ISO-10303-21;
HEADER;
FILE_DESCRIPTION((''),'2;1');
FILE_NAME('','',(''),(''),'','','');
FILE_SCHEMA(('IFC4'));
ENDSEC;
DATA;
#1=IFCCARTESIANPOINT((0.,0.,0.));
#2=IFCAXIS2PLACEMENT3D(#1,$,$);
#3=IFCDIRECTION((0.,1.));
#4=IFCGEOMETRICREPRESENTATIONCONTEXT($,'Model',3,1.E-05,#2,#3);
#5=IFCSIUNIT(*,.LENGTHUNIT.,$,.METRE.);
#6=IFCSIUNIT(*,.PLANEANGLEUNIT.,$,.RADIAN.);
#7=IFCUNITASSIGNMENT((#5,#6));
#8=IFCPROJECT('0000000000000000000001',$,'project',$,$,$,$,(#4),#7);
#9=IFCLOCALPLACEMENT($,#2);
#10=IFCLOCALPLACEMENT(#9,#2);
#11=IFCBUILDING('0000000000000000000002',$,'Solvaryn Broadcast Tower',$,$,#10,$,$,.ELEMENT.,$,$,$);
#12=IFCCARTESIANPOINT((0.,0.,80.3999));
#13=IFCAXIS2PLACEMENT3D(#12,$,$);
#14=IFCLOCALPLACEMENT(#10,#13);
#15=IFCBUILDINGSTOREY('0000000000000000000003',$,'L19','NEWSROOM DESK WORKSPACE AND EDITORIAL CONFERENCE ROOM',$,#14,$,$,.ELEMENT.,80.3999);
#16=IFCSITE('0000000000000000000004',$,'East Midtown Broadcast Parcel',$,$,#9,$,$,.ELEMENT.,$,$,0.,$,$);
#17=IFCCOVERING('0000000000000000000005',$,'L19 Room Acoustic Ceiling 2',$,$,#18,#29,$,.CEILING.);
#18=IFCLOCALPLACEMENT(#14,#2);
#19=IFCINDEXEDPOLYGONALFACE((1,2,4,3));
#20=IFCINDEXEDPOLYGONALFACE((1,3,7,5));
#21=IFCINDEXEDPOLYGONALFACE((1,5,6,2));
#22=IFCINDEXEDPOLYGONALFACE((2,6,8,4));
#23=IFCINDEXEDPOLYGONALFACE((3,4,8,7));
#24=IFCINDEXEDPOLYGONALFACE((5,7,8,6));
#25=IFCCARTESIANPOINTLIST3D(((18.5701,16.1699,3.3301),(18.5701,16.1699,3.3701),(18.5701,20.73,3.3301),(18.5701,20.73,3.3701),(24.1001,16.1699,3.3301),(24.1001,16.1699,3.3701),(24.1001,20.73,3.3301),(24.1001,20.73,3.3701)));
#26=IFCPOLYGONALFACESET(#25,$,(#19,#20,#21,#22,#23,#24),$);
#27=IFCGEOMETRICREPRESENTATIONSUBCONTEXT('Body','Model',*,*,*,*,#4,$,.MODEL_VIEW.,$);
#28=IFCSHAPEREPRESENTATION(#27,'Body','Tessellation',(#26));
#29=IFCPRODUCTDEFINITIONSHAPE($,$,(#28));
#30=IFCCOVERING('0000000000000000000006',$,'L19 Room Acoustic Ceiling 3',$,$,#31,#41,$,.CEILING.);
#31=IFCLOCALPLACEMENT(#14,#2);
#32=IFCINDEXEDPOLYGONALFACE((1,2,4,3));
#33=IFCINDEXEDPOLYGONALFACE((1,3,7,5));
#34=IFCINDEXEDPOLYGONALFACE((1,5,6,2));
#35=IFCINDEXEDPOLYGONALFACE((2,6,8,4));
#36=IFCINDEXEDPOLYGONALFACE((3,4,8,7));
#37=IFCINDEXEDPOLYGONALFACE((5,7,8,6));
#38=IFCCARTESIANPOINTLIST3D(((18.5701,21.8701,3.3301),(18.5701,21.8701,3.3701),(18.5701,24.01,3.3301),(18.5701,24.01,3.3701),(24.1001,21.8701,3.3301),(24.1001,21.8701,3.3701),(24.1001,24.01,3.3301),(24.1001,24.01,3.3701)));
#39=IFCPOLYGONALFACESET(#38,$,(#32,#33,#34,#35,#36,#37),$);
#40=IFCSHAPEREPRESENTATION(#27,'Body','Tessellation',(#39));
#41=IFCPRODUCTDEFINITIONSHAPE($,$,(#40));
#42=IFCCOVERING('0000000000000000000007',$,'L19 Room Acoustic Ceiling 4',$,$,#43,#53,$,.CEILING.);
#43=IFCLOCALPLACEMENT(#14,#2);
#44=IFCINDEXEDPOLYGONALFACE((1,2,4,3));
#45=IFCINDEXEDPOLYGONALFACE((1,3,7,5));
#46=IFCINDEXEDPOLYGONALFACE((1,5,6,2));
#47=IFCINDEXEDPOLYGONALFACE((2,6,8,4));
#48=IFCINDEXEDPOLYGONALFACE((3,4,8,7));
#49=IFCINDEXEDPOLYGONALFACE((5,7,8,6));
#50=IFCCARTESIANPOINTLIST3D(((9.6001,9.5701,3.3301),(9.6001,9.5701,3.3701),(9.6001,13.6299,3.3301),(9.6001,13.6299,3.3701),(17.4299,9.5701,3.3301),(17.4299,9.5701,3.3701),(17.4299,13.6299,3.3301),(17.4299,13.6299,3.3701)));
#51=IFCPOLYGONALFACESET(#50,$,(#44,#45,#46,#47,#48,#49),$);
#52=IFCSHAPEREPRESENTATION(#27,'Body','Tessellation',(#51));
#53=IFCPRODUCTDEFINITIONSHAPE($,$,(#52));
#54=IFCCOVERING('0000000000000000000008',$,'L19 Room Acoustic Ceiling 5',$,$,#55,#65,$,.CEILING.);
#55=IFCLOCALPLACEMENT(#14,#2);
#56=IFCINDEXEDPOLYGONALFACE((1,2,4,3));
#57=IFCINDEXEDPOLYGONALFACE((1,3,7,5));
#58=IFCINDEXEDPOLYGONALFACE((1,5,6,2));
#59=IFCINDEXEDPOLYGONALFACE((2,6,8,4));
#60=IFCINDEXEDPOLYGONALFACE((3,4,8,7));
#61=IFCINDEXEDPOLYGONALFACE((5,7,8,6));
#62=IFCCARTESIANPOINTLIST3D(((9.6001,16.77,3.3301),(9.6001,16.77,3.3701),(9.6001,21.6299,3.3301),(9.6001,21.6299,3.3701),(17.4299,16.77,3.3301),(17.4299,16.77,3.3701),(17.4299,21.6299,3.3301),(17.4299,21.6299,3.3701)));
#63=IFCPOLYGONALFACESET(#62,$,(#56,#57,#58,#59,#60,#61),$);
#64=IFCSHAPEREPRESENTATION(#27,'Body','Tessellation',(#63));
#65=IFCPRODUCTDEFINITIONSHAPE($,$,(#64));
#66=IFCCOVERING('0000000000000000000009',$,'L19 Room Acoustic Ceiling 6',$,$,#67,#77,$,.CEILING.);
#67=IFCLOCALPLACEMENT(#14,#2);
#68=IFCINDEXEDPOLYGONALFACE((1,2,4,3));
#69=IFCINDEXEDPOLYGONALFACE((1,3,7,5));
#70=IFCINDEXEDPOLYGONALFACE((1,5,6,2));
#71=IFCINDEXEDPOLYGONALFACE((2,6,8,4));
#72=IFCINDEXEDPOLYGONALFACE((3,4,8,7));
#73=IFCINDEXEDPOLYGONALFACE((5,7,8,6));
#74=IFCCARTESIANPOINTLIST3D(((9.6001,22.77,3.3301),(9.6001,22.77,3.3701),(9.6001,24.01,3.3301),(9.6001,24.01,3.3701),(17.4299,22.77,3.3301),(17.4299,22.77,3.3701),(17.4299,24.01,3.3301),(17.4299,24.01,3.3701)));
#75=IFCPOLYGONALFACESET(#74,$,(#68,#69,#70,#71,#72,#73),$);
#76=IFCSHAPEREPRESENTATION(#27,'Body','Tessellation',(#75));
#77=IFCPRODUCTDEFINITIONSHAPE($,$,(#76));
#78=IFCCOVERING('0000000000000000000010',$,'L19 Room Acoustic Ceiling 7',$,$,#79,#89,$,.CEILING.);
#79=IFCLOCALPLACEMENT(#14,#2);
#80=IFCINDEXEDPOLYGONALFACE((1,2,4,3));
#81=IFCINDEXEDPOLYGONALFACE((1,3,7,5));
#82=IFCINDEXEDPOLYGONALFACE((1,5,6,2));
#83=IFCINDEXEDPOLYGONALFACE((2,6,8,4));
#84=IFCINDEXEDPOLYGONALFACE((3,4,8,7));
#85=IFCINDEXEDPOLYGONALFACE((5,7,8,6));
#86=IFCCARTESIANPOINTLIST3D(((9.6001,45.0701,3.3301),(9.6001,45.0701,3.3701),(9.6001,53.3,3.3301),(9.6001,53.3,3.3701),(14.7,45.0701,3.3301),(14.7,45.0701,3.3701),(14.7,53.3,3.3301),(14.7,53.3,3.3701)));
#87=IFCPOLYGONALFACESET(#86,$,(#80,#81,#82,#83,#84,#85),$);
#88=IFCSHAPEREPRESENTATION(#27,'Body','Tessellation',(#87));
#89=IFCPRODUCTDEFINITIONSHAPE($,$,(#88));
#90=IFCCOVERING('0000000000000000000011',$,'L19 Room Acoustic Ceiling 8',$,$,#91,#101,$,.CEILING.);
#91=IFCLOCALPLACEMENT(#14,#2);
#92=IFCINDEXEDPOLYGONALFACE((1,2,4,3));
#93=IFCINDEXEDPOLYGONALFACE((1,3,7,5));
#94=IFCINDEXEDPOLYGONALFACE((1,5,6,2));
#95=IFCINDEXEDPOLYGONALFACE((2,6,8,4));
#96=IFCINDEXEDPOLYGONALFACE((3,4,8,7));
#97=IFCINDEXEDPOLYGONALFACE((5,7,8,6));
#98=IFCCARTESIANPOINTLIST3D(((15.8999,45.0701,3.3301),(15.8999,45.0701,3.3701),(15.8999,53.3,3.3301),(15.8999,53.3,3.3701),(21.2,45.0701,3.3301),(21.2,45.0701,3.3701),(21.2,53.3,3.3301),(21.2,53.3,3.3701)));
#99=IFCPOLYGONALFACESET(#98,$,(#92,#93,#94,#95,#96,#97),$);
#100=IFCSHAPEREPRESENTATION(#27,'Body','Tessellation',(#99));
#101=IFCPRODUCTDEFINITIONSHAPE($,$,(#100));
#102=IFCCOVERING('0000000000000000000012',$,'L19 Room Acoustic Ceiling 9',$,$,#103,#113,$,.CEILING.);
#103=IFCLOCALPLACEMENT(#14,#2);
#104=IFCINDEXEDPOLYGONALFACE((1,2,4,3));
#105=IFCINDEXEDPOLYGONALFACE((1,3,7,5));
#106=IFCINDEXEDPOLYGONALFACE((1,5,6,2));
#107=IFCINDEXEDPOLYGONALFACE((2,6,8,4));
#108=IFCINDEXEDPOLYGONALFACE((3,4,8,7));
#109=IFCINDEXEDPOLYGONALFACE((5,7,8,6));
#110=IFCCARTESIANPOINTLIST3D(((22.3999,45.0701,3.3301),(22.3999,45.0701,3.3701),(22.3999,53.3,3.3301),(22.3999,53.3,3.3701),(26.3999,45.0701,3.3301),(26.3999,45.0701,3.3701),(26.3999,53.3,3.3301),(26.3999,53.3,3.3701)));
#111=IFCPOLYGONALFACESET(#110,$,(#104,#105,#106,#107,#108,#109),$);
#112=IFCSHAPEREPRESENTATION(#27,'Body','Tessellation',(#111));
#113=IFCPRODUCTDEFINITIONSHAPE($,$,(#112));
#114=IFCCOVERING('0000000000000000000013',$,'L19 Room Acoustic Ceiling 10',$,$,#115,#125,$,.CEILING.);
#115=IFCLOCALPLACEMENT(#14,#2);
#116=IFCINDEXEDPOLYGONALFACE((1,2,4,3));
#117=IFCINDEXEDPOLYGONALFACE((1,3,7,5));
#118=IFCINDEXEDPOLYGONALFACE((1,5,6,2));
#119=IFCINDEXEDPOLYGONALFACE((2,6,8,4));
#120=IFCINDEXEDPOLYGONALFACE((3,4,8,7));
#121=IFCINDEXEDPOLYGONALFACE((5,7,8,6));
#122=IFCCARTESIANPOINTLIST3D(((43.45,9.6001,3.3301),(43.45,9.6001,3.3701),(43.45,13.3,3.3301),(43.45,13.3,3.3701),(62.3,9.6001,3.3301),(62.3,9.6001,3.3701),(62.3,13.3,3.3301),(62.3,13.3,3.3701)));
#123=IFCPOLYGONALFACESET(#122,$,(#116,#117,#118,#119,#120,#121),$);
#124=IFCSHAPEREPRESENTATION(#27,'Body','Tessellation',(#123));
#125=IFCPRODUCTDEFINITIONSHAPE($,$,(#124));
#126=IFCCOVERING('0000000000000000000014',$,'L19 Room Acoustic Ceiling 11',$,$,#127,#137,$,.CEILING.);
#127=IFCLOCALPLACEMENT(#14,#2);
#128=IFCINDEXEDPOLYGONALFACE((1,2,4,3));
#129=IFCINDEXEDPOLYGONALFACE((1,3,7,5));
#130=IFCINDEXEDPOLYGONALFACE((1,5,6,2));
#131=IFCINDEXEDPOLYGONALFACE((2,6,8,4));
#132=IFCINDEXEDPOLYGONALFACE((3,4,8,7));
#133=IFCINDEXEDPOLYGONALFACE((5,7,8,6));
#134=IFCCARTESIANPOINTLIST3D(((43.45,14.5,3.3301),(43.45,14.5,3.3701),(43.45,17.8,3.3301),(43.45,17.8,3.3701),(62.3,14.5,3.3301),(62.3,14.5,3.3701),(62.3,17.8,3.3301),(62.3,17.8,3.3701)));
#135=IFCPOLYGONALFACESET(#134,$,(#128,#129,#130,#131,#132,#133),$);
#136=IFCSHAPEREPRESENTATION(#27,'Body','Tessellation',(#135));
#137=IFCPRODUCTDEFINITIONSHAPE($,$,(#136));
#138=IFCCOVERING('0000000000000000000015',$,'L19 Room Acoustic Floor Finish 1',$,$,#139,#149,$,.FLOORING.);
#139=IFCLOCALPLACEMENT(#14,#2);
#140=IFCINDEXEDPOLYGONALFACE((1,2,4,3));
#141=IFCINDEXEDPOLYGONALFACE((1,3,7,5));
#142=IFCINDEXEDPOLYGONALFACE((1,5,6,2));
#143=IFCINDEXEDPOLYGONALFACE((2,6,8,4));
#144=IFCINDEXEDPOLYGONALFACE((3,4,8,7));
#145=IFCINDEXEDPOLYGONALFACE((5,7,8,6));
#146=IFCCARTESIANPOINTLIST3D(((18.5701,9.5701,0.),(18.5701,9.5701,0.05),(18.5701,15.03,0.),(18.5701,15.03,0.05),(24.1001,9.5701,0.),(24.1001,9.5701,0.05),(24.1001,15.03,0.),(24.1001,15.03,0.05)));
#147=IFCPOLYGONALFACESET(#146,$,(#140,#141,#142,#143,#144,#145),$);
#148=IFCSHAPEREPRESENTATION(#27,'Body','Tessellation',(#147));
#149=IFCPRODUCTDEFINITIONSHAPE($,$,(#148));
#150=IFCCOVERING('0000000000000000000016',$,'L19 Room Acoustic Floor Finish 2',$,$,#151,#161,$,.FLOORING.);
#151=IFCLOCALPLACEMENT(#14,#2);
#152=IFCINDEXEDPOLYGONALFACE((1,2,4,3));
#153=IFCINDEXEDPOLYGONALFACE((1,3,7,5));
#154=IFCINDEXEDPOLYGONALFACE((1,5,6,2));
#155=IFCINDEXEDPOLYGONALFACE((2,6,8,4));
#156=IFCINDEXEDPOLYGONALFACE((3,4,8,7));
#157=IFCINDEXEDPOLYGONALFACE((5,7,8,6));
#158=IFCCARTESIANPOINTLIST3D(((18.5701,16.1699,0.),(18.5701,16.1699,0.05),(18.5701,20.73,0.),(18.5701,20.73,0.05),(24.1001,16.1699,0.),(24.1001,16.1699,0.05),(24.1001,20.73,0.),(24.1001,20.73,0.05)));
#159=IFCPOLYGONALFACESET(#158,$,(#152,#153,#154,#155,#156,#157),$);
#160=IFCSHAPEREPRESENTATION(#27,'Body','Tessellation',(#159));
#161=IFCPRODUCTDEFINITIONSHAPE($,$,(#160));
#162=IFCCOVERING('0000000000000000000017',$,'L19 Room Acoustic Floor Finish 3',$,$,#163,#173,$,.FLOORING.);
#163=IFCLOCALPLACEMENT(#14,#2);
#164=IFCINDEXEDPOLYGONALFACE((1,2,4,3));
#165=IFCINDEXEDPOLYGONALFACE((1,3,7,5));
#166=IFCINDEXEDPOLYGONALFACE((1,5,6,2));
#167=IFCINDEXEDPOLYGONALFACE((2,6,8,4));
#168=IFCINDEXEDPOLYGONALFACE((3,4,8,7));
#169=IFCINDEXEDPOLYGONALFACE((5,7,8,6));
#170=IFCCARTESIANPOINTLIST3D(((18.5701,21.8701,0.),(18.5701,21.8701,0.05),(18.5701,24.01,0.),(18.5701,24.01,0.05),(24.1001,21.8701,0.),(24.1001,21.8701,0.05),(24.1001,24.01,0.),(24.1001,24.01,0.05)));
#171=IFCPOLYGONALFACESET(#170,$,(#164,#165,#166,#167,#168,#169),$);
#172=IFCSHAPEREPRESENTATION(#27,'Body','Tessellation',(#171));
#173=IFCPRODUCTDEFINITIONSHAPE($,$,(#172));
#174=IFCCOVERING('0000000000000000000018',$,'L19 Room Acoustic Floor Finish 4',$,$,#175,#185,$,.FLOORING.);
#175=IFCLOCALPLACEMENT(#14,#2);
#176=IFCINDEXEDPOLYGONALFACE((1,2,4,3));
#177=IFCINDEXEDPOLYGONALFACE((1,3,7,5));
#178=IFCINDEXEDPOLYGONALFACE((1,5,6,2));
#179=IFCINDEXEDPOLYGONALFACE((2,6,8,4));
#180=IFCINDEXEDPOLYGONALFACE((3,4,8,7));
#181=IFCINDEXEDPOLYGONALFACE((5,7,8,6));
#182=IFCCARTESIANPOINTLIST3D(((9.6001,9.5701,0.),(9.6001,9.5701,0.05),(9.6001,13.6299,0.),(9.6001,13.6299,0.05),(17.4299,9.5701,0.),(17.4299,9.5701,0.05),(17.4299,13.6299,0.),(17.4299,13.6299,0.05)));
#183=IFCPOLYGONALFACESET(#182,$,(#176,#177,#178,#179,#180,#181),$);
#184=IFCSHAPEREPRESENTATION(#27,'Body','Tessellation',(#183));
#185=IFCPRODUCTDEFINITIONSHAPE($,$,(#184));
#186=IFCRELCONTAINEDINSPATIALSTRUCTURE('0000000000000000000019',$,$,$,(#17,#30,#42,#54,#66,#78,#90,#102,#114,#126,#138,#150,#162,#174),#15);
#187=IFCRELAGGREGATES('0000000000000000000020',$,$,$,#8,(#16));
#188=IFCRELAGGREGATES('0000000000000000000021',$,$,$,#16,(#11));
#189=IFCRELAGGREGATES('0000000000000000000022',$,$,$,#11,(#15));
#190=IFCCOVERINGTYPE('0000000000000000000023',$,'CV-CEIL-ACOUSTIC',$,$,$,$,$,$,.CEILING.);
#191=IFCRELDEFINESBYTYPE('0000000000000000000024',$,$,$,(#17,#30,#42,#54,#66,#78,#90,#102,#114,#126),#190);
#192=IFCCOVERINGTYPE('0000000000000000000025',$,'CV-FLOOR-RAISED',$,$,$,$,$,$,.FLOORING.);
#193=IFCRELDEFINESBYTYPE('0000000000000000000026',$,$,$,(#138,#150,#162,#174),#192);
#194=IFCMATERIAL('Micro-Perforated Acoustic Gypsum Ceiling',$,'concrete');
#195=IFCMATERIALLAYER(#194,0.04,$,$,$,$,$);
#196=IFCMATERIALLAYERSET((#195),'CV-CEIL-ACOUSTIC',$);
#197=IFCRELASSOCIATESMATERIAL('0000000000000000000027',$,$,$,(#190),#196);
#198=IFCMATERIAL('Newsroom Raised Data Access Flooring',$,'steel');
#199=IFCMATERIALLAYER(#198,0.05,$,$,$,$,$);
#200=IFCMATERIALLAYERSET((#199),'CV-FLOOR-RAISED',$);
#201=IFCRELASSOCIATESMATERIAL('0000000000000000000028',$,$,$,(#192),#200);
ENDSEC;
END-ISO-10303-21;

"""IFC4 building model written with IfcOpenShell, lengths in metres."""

from ifc_helpers import new_model, si_unit, direction, frame, origin, place, context, subcontext, project, spatial, polyline, outline, extrude, material, layer, layer_set, type_object, element, save


model = new_model("IFC4")

# Units and contexts
model_context = context("Model", 3, precision=1e-05, world=origin(), true_north=direction((0.0, 1.0)))
body_context = subcontext(model_context, "Body", "Model", "MODEL_VIEW")
ifc_project = project(units=[si_unit("LENGTHUNIT", "METRE"), si_unit("PLANEANGLEUNIT", "RADIAN")], contexts=[model_context])

# Site, building, storey
site_placement = place(None, origin())
site = spatial("IfcSite", under=ifc_project, at=site_placement, Name="East Midtown Broadcast Parcel", CompositionType="ELEMENT", RefElevation=0.0)
building_placement = place(site_placement, origin())
building = spatial("IfcBuilding", under=site, at=building_placement, Name="Solvaryn Broadcast Tower", CompositionType="ELEMENT")
storey_placement = place(building_placement, frame((0.0, 0.0, 80.3999)))
storey = spatial("IfcBuildingStorey", under=building, at=storey_placement, Name="L19", Description="NEWSROOM DESK WORKSPACE AND EDITORIAL CONFERENCE ROOM", CompositionType="ELEMENT", Elevation=80.3999)

# Coverings
ifc_material_1 = material(Name="Micro-Perforated Acoustic Gypsum Ceiling", Category="concrete")
ifc_layer_1 = layer(ifc_material_1, 0.04)
ifc_layer_set_1 = layer_set([ifc_layer_1], Name="CV-CEIL-ACOUSTIC")
covering_type_1 = type_object("IfcCoveringType", Name="CV-CEIL-ACOUSTIC", PredefinedType="CEILING", material=ifc_layer_set_1)
covering_1_placement = place(storey_placement, frame((0.0, 0.0, 3.3301)))
element("IfcCovering", 1, at=covering_1_placement, inside=storey, type_object=covering_type_1, Name="L19 Room Acoustic Ceiling 2", PredefinedType="CEILING", context=body_context, shape_type="SweptSolid", body=[
    extrude(outline(polyline([(18.5701, 16.1699), (24.1001, 16.1699), (24.1001, 20.73), (18.5701, 20.73), (18.5701, 16.1699)])), origin(), (0.0, 0.0, 1.0), 0.04),
])
covering_2_placement = place(storey_placement, frame((0.0, 0.0, 3.3301)))
element("IfcCovering", 2, at=covering_2_placement, inside=storey, type_object=covering_type_1, Name="L19 Room Acoustic Ceiling 3", PredefinedType="CEILING", context=body_context, shape_type="SweptSolid", body=[
    extrude(outline(polyline([(18.5701, 21.8701), (24.1001, 21.8701), (24.1001, 24.01), (18.5701, 24.01), (18.5701, 21.8701)])), origin(), (0.0, 0.0, 1.0), 0.04),
])
covering_3_placement = place(storey_placement, frame((0.0, 0.0, 3.3301)))
element("IfcCovering", 3, at=covering_3_placement, inside=storey, type_object=covering_type_1, Name="L19 Room Acoustic Ceiling 4", PredefinedType="CEILING", context=body_context, shape_type="SweptSolid", body=[
    extrude(outline(polyline([(9.6001, 9.5701), (17.4299, 9.5701), (17.4299, 13.6299), (9.6001, 13.6299), (9.6001, 9.5701)])), origin(), (0.0, 0.0, 1.0), 0.04),
])
covering_4_placement = place(storey_placement, frame((0.0, 0.0, 3.3301)))
element("IfcCovering", 4, at=covering_4_placement, inside=storey, type_object=covering_type_1, Name="L19 Room Acoustic Ceiling 5", PredefinedType="CEILING", context=body_context, shape_type="SweptSolid", body=[
    extrude(outline(polyline([(9.6001, 16.77), (17.4299, 16.77), (17.4299, 21.6299), (9.6001, 21.6299), (9.6001, 16.77)])), origin(), (0.0, 0.0, 1.0), 0.04),
])
covering_5_placement = place(storey_placement, frame((0.0, 0.0, 3.3301)))
element("IfcCovering", 5, at=covering_5_placement, inside=storey, type_object=covering_type_1, Name="L19 Room Acoustic Ceiling 6", PredefinedType="CEILING", context=body_context, shape_type="SweptSolid", body=[
    extrude(outline(polyline([(9.6001, 22.77), (17.4299, 22.77), (17.4299, 24.01), (9.6001, 24.01), (9.6001, 22.77)])), origin(), (0.0, 0.0, 1.0), 0.04),
])
covering_6_placement = place(storey_placement, frame((0.0, 0.0, 3.3301)))
element("IfcCovering", 6, at=covering_6_placement, inside=storey, type_object=covering_type_1, Name="L19 Room Acoustic Ceiling 7", PredefinedType="CEILING", context=body_context, shape_type="SweptSolid", body=[
    extrude(outline(polyline([(9.6001, 45.0701), (14.7, 45.0701), (14.7, 53.3), (9.6001, 53.3), (9.6001, 45.0701)])), origin(), (0.0, 0.0, 1.0), 0.04),
])
covering_7_placement = place(storey_placement, frame((0.0, 0.0, 3.3301)))
element("IfcCovering", 7, at=covering_7_placement, inside=storey, type_object=covering_type_1, Name="L19 Room Acoustic Ceiling 8", PredefinedType="CEILING", context=body_context, shape_type="SweptSolid", body=[
    extrude(outline(polyline([(15.8999, 45.0701), (21.2, 45.0701), (21.2, 53.3), (15.8999, 53.3), (15.8999, 45.0701)])), origin(), (0.0, 0.0, 1.0), 0.04),
])
covering_8_placement = place(storey_placement, frame((0.0, 0.0, 3.3301)))
element("IfcCovering", 8, at=covering_8_placement, inside=storey, type_object=covering_type_1, Name="L19 Room Acoustic Ceiling 9", PredefinedType="CEILING", context=body_context, shape_type="SweptSolid", body=[
    extrude(outline(polyline([(22.3999, 45.0701), (26.3999, 45.0701), (26.3999, 53.3), (22.3999, 53.3), (22.3999, 45.0701)])), origin(), (0.0, 0.0, 1.0), 0.04),
])
covering_9_placement = place(storey_placement, frame((0.0, 0.0, 3.3301)))
element("IfcCovering", 9, at=covering_9_placement, inside=storey, type_object=covering_type_1, Name="L19 Room Acoustic Ceiling 10", PredefinedType="CEILING", context=body_context, shape_type="SweptSolid", body=[
    extrude(outline(polyline([(43.45, 9.6001), (62.3, 9.6001), (62.3, 13.3), (43.45, 13.3), (43.45, 9.6001)])), origin(), (0.0, 0.0, 1.0), 0.04),
])
covering_10_placement = place(storey_placement, frame((0.0, 0.0, 3.3301)))
element("IfcCovering", 10, at=covering_10_placement, inside=storey, type_object=covering_type_1, Name="L19 Room Acoustic Ceiling 11", PredefinedType="CEILING", context=body_context, shape_type="SweptSolid", body=[
    extrude(outline(polyline([(43.45, 14.5), (62.3, 14.5), (62.3, 17.8), (43.45, 17.8), (43.45, 14.5)])), origin(), (0.0, 0.0, 1.0), 0.04),
])
ifc_material_2 = material(Name="Newsroom Raised Data Access Flooring", Category="steel")
ifc_layer_2 = layer(ifc_material_2, 0.05)
ifc_layer_set_2 = layer_set([ifc_layer_2], Name="CV-FLOOR-RAISED")
covering_type_2 = type_object("IfcCoveringType", Name="CV-FLOOR-RAISED", PredefinedType="FLOORING", material=ifc_layer_set_2)
covering_11_placement = place(storey_placement, origin())
element("IfcCovering", 11, at=covering_11_placement, inside=storey, type_object=covering_type_2, Name="L19 Room Acoustic Floor Finish 1", PredefinedType="FLOORING", context=body_context, shape_type="SweptSolid", body=[
    extrude(outline(polyline([(18.5701, 9.5701), (24.1001, 9.5701), (24.1001, 15.03), (18.5701, 15.03), (18.5701, 9.5701)])), origin(), (0.0, 0.0, 1.0), 0.05),
])
covering_12_placement = place(storey_placement, origin())
element("IfcCovering", 12, at=covering_12_placement, inside=storey, type_object=covering_type_2, Name="L19 Room Acoustic Floor Finish 2", PredefinedType="FLOORING", context=body_context, shape_type="SweptSolid", body=[
    extrude(outline(polyline([(18.5701, 16.1699), (24.1001, 16.1699), (24.1001, 20.73), (18.5701, 20.73), (18.5701, 16.1699)])), origin(), (0.0, 0.0, 1.0), 0.05),
])
covering_13_placement = place(storey_placement, origin())
element("IfcCovering", 13, at=covering_13_placement, inside=storey, type_object=covering_type_2, Name="L19 Room Acoustic Floor Finish 3", PredefinedType="FLOORING", context=body_context, shape_type="SweptSolid", body=[
    extrude(outline(polyline([(18.5701, 21.8701), (24.1001, 21.8701), (24.1001, 24.01), (18.5701, 24.01), (18.5701, 21.8701)])), origin(), (0.0, 0.0, 1.0), 0.05),
])
covering_14_placement = place(storey_placement, origin())
element("IfcCovering", 14, at=covering_14_placement, inside=storey, type_object=covering_type_2, Name="L19 Room Acoustic Floor Finish 4", PredefinedType="FLOORING", context=body_context, shape_type="SweptSolid", body=[
    extrude(outline(polyline([(9.6001, 9.5701), (17.4299, 9.5701), (17.4299, 13.6299), (9.6001, 13.6299), (9.6001, 9.5701)])), origin(), (0.0, 0.0, 1.0), 0.05),
])

save(model, "model.ifc")
